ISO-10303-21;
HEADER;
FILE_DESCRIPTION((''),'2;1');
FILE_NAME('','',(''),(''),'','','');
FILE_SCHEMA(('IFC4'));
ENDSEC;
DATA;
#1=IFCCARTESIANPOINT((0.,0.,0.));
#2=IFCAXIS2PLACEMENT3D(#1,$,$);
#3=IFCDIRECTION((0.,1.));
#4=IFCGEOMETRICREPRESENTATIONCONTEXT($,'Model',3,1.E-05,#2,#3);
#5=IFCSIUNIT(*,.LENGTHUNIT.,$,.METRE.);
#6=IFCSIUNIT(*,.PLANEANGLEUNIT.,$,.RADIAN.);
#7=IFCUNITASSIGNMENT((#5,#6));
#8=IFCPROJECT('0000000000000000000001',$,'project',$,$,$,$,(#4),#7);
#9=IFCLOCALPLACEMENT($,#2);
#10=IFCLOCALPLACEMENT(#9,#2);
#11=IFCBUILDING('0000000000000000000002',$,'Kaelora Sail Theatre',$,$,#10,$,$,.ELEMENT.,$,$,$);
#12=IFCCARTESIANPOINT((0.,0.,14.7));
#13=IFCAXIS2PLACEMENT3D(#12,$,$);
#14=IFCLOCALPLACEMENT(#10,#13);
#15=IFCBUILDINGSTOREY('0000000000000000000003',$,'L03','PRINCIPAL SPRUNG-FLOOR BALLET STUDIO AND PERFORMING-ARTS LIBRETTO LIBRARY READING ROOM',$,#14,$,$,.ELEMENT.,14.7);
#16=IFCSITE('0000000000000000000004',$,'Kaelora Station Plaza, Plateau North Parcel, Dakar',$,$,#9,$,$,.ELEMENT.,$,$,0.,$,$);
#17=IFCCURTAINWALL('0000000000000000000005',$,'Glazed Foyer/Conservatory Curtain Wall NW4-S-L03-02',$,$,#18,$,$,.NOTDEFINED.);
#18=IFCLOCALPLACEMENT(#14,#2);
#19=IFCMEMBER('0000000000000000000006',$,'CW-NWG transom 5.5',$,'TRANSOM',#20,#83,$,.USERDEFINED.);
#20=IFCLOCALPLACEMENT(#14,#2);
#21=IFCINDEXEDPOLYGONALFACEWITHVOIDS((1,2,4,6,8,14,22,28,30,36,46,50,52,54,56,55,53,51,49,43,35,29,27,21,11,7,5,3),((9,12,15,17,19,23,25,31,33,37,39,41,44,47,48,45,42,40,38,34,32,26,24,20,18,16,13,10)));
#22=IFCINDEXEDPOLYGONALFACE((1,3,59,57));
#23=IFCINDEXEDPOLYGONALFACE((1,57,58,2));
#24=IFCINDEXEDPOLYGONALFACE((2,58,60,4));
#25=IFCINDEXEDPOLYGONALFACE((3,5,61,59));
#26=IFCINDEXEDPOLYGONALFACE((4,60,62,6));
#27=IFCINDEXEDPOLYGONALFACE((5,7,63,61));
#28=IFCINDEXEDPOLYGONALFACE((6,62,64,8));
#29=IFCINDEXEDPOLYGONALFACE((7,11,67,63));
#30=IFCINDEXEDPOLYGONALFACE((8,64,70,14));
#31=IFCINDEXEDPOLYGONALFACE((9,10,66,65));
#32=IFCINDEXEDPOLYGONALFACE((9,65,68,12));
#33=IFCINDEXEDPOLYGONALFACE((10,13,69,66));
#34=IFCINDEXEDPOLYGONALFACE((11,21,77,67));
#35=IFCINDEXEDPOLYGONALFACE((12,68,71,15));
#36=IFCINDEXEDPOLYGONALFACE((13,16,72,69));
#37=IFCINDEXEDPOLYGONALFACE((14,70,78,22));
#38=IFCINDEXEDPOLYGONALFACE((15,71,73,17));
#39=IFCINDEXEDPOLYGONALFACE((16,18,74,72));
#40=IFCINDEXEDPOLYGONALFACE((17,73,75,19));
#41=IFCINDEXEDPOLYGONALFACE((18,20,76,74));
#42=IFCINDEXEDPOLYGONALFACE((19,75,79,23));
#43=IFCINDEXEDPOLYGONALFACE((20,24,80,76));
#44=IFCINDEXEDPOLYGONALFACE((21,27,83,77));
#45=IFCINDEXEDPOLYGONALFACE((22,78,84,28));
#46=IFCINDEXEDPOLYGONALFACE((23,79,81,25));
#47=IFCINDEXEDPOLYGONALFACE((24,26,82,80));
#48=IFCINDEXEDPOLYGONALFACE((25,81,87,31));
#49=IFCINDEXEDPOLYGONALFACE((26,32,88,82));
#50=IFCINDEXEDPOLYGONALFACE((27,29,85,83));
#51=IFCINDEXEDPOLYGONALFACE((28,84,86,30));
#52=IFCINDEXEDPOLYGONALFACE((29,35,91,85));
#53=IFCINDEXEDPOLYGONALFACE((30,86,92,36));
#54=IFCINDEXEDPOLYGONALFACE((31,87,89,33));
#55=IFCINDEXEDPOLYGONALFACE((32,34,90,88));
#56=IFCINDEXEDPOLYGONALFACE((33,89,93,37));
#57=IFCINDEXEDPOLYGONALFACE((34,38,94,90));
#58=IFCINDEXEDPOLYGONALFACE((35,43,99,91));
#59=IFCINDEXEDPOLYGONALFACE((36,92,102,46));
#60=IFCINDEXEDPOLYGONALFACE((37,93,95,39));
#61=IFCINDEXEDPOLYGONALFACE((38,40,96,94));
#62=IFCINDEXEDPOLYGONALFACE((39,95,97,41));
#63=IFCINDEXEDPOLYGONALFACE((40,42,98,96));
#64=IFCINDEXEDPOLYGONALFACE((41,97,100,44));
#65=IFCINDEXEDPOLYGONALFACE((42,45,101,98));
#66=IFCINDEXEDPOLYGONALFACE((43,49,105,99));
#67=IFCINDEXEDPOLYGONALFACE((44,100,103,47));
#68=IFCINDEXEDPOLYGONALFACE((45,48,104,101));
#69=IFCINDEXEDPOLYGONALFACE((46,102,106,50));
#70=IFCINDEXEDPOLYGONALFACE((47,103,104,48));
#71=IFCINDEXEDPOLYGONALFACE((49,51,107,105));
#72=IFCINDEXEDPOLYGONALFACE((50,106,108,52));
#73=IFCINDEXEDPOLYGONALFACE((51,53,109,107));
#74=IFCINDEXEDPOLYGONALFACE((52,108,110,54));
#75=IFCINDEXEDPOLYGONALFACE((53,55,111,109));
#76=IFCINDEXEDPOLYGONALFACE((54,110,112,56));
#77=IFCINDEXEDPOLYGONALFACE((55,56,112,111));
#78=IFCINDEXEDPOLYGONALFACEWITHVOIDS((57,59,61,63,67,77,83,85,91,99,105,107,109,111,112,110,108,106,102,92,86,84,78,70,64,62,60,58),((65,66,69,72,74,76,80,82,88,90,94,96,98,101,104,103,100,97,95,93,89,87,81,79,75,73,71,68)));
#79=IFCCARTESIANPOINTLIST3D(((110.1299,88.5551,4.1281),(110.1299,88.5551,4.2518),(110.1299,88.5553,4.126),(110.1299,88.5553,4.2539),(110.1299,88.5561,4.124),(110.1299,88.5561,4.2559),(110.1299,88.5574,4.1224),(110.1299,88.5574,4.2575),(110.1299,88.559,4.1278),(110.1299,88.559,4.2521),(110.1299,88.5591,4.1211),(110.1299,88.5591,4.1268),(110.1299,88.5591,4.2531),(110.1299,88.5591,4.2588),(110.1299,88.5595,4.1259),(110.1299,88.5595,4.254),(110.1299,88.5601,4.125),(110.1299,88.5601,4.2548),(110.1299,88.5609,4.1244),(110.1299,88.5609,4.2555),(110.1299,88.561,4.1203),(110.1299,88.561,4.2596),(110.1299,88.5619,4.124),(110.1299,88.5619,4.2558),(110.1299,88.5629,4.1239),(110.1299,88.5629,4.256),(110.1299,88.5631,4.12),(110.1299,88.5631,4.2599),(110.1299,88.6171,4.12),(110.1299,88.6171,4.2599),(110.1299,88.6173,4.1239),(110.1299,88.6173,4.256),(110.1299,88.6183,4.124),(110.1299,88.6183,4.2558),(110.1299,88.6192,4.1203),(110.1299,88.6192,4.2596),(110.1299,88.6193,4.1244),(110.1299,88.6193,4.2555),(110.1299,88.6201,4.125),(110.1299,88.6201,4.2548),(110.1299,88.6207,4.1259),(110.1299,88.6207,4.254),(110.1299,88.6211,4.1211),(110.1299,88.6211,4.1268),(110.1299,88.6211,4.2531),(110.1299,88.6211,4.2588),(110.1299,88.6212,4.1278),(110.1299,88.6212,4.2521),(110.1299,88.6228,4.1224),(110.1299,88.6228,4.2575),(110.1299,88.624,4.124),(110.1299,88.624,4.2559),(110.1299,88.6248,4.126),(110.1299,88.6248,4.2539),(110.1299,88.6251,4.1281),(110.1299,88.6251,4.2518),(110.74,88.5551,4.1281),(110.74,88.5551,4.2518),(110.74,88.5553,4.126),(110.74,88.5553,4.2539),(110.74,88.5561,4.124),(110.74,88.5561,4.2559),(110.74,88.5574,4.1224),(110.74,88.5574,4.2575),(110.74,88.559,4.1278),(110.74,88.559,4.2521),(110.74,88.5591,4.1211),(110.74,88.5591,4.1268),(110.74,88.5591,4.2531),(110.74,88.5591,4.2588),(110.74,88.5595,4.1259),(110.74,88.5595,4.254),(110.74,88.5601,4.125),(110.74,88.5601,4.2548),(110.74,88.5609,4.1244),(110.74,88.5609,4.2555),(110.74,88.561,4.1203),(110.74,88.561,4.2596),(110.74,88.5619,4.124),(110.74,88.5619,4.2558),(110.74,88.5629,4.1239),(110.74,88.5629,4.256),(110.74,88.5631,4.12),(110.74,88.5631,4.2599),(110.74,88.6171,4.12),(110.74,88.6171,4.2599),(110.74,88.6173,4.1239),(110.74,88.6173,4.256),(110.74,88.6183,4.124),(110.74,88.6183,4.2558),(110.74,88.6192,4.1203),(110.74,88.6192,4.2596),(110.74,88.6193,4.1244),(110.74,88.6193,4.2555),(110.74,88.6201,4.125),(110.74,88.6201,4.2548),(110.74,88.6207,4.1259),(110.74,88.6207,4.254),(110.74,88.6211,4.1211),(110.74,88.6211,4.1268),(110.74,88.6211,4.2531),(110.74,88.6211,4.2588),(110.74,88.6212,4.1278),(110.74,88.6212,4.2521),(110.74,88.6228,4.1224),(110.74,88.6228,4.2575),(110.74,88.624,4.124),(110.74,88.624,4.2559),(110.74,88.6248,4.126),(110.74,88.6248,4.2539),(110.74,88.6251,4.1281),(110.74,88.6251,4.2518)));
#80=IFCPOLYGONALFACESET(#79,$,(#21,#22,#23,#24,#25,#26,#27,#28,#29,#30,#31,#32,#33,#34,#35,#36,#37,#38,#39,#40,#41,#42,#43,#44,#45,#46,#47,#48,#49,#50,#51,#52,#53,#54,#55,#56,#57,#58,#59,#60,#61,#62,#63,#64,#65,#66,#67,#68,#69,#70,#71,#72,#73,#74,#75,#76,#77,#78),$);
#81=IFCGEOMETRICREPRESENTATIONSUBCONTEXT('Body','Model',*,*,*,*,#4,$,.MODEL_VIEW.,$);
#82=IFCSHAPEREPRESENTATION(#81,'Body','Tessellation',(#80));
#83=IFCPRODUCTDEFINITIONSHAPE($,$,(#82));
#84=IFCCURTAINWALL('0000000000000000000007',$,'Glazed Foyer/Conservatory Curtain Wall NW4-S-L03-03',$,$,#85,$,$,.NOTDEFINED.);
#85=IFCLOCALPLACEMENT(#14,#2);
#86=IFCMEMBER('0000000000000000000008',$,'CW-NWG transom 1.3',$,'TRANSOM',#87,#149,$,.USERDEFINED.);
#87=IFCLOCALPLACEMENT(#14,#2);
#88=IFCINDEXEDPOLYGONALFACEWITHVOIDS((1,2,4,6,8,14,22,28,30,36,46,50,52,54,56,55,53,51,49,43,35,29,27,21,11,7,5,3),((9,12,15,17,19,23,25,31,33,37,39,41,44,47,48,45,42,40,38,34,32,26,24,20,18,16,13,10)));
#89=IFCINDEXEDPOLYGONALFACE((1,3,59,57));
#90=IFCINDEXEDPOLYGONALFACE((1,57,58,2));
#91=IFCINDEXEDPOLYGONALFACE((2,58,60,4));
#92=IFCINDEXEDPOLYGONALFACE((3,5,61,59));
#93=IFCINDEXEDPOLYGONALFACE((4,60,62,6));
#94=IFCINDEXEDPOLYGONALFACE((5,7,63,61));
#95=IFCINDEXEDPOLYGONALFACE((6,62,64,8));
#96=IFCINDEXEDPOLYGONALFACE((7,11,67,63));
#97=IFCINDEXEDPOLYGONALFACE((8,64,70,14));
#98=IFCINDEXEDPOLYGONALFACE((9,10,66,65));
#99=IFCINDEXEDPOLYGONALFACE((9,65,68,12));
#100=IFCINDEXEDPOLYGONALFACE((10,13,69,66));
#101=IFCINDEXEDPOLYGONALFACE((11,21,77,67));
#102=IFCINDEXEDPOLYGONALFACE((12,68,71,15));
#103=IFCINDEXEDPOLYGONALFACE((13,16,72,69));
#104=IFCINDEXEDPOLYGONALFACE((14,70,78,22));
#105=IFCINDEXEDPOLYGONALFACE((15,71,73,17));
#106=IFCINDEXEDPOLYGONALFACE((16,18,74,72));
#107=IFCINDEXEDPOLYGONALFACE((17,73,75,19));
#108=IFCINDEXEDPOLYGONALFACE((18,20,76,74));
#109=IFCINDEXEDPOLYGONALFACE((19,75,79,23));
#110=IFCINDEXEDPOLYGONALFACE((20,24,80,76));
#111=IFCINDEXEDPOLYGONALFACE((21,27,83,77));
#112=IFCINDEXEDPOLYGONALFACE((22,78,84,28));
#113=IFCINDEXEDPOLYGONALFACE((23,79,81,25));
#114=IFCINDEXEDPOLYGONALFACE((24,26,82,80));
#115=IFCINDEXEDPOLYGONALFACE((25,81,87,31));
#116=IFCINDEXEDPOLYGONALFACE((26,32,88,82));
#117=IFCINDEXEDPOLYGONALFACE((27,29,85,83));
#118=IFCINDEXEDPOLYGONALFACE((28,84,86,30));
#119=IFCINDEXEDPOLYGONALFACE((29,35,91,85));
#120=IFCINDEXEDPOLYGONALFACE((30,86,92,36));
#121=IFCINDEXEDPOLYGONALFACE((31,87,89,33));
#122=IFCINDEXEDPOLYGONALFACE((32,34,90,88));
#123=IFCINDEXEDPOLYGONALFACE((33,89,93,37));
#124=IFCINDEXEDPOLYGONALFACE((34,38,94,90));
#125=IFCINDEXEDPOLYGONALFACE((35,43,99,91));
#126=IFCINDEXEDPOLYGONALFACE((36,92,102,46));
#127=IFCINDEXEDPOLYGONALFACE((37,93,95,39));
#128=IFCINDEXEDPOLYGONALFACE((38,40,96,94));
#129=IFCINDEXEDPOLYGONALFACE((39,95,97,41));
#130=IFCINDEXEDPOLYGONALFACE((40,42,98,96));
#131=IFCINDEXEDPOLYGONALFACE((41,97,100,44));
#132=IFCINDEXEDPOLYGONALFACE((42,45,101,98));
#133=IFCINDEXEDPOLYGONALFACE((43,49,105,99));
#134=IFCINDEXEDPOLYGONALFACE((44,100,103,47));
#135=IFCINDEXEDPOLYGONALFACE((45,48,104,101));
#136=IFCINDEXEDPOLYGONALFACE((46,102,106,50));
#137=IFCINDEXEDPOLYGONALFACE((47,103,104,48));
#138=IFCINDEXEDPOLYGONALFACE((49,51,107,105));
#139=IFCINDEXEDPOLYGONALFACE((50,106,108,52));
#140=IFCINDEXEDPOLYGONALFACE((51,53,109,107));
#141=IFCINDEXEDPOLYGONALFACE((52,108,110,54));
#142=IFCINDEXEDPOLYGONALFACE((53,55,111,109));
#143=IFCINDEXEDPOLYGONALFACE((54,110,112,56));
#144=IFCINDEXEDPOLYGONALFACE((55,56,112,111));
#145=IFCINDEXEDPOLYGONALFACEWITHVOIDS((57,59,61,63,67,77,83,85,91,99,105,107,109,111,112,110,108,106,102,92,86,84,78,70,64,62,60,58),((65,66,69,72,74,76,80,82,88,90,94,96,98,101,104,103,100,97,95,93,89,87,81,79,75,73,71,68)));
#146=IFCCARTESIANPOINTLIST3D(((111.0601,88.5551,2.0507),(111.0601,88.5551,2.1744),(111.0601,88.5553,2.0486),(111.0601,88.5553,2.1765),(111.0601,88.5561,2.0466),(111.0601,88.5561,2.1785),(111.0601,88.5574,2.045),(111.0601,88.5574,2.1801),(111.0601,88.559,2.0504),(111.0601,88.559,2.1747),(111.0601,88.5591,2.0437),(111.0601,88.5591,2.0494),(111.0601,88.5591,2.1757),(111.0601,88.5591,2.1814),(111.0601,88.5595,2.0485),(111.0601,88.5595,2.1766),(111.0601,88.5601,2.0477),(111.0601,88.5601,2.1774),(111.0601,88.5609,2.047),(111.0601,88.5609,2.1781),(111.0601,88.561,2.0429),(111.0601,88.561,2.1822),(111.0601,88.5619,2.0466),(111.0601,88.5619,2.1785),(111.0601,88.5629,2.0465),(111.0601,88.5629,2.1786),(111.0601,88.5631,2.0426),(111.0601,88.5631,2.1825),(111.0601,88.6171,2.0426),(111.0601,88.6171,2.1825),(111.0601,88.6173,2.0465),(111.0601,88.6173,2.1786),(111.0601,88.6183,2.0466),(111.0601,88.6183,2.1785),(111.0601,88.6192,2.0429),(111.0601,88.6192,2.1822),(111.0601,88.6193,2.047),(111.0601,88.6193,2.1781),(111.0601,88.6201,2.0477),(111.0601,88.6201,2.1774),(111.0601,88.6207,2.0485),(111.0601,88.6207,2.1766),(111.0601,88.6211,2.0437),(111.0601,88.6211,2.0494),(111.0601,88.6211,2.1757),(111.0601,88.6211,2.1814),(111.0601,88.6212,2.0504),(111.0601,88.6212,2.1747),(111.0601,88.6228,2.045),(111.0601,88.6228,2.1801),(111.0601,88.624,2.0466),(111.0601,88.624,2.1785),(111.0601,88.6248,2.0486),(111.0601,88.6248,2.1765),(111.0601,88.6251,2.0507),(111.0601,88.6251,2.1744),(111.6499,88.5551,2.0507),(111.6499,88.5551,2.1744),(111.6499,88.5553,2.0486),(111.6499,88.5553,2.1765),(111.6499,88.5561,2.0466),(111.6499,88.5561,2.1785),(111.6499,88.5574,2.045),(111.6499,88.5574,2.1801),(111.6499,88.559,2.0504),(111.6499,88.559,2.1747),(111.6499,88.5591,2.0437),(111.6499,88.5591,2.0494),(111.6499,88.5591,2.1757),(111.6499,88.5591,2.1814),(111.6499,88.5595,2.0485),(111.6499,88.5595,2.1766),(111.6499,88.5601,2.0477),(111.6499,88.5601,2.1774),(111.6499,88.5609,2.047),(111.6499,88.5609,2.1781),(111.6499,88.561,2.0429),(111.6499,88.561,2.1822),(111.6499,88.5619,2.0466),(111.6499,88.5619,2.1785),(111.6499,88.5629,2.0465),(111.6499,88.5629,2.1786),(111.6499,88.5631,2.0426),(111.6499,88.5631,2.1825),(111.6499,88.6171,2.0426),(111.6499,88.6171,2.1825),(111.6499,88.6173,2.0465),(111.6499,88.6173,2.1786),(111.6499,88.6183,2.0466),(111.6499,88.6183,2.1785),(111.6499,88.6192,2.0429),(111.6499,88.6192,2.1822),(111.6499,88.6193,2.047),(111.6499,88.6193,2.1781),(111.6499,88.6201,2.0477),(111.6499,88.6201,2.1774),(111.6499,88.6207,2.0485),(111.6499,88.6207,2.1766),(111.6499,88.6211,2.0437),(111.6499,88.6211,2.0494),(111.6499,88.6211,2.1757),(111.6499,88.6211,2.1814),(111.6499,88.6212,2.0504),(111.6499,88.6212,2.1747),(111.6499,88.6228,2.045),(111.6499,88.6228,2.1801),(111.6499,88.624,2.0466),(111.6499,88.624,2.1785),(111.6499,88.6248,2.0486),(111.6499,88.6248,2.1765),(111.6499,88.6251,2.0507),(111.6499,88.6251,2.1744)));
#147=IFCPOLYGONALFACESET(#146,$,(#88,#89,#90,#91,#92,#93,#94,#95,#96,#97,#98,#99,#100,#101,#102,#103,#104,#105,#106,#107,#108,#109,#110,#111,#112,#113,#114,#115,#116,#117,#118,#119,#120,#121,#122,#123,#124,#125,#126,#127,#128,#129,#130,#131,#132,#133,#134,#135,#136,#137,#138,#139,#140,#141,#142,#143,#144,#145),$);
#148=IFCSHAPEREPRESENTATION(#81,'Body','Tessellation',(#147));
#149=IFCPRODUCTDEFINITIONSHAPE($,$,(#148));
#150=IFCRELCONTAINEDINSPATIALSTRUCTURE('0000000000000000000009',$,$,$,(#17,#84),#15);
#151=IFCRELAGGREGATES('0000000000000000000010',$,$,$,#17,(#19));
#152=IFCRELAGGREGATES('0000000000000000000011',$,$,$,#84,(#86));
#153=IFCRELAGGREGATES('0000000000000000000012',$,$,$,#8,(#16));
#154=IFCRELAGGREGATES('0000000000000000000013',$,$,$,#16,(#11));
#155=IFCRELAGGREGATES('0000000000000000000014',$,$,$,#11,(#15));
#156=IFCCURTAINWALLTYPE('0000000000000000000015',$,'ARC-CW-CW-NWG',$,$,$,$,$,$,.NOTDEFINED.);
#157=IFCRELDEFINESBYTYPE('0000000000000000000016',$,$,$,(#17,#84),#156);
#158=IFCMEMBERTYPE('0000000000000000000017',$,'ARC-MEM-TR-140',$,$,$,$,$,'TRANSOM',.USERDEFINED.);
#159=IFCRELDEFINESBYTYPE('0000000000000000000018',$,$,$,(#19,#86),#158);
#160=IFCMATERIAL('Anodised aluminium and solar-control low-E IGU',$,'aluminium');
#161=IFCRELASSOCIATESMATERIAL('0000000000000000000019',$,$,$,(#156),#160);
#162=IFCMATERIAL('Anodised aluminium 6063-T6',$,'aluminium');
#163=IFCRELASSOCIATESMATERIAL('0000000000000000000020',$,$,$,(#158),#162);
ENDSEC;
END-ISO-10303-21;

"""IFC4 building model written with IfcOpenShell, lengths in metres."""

from ifc_helpers import new_model, si_unit, direction, frame, origin, origin_2d, place, context, subcontext, project, spatial, hollow_rectangle, extrude, material, material_profile, profile_set, type_object, element, aggregate, save


model = new_model("IFC4")

# Units and contexts
model_context = context("Model", 3, precision=1e-05, world=origin(), true_north=direction((0.0, 1.0)))
body_context = subcontext(model_context, "Body", "Model", "MODEL_VIEW")
ifc_project = project(units=[si_unit("LENGTHUNIT", "METRE"), si_unit("PLANEANGLEUNIT", "RADIAN")], contexts=[model_context])

# Site, building, storey
site_placement = place(None, origin())
site = spatial("IfcSite", under=ifc_project, at=site_placement, Name="Kaelora Station Plaza, Plateau North Parcel, Dakar", CompositionType="ELEMENT", RefElevation=0.0)
building_placement = place(site_placement, origin())
building = spatial("IfcBuilding", under=site, at=building_placement, Name="Kaelora Sail Theatre", CompositionType="ELEMENT")
storey_placement = place(building_placement, frame((0.0, 0.0, 14.7)))
storey = spatial("IfcBuildingStorey", under=building, at=storey_placement, Name="L03", Description="PRINCIPAL SPRUNG-FLOOR BALLET STUDIO AND PERFORMING-ARTS LIBRETTO LIBRARY READING ROOM", CompositionType="ELEMENT", Elevation=14.7)

# Curtain walls, members
ifc_material_1 = material(Name="Anodised aluminium and solar-control low-E IGU", Category="aluminium")
curtain_wall_type = type_object("IfcCurtainWallType", Name="ARC-CW-CW-NWG", PredefinedType="NOTDEFINED", material=ifc_material_1)
curtain_wall_1_placement = place(storey_placement, origin())
curtain_wall_1 = element("IfcCurtainWall", 1, at=curtain_wall_1_placement, inside=storey, type_object=curtain_wall_type, Name="Glazed Foyer/Conservatory Curtain Wall NW4-S-L03-02", PredefinedType="NOTDEFINED")
ifc_material_2 = material(Name="Anodised aluminium 6063-T6", Category="aluminium")
ifc_material_profile = material_profile(ifc_material_2, hollow_rectangle(XDim=0.0701, YDim=0.1399, WallThickness=0.0039, InnerFilletRadius=0.0039, OuterFilletRadius=0.0081, at=origin_2d()), Name="ALU-TRAN 70x140x4")
ifc_profile_set = profile_set([ifc_material_profile], Name="Anodised aluminium 6063-T6")
member_type = type_object("IfcMemberType", Name="ARC-MEM-TR-140", ElementType="TRANSOM", PredefinedType="USERDEFINED", material=ifc_profile_set)
member_1_placement = place(storey_placement, frame((110.1299, 88.5901, 4.1899), z_axis=(1.0, 0.0, 0.0), x_axis=(0.0, 1.0, 0.0)))
member_1 = element("IfcMember", 2, at=member_1_placement, type_object=member_type, Name="CW-NWG transom 5.5", ObjectType="TRANSOM", PredefinedType="USERDEFINED", context=body_context, shape_type="SweptSolid", body=[
    extrude(hollow_rectangle(XDim=0.0701, YDim=0.1399, WallThickness=0.0039, InnerFilletRadius=0.0039, OuterFilletRadius=0.0081, at=origin_2d()), origin(), (0.0, 0.0, 1.0), 0.6101),
])
curtain_wall_2_placement = place(storey_placement, origin())
curtain_wall_2 = element("IfcCurtainWall", 3, at=curtain_wall_2_placement, inside=storey, type_object=curtain_wall_type, Name="Glazed Foyer/Conservatory Curtain Wall NW4-S-L03-03", PredefinedType="NOTDEFINED")
member_2_placement = place(storey_placement, frame((111.0601, 88.5901, 2.1125), z_axis=(1.0, 0.0, 0.0), x_axis=(0.0, 1.0, 0.0)))
member_2 = element("IfcMember", 4, at=member_2_placement, type_object=member_type, Name="CW-NWG transom 1.3", ObjectType="TRANSOM", PredefinedType="USERDEFINED", context=body_context, shape_type="SweptSolid", body=[
    extrude(hollow_rectangle(XDim=0.0701, YDim=0.1399, WallThickness=0.0039, InnerFilletRadius=0.0039, OuterFilletRadius=0.0081, at=origin_2d()), origin(), (0.0, 0.0, 1.0), 0.5898),
])

aggregate(curtain_wall_1, [member_1])
aggregate(curtain_wall_2, [member_2])

save(model, "model.ifc")
